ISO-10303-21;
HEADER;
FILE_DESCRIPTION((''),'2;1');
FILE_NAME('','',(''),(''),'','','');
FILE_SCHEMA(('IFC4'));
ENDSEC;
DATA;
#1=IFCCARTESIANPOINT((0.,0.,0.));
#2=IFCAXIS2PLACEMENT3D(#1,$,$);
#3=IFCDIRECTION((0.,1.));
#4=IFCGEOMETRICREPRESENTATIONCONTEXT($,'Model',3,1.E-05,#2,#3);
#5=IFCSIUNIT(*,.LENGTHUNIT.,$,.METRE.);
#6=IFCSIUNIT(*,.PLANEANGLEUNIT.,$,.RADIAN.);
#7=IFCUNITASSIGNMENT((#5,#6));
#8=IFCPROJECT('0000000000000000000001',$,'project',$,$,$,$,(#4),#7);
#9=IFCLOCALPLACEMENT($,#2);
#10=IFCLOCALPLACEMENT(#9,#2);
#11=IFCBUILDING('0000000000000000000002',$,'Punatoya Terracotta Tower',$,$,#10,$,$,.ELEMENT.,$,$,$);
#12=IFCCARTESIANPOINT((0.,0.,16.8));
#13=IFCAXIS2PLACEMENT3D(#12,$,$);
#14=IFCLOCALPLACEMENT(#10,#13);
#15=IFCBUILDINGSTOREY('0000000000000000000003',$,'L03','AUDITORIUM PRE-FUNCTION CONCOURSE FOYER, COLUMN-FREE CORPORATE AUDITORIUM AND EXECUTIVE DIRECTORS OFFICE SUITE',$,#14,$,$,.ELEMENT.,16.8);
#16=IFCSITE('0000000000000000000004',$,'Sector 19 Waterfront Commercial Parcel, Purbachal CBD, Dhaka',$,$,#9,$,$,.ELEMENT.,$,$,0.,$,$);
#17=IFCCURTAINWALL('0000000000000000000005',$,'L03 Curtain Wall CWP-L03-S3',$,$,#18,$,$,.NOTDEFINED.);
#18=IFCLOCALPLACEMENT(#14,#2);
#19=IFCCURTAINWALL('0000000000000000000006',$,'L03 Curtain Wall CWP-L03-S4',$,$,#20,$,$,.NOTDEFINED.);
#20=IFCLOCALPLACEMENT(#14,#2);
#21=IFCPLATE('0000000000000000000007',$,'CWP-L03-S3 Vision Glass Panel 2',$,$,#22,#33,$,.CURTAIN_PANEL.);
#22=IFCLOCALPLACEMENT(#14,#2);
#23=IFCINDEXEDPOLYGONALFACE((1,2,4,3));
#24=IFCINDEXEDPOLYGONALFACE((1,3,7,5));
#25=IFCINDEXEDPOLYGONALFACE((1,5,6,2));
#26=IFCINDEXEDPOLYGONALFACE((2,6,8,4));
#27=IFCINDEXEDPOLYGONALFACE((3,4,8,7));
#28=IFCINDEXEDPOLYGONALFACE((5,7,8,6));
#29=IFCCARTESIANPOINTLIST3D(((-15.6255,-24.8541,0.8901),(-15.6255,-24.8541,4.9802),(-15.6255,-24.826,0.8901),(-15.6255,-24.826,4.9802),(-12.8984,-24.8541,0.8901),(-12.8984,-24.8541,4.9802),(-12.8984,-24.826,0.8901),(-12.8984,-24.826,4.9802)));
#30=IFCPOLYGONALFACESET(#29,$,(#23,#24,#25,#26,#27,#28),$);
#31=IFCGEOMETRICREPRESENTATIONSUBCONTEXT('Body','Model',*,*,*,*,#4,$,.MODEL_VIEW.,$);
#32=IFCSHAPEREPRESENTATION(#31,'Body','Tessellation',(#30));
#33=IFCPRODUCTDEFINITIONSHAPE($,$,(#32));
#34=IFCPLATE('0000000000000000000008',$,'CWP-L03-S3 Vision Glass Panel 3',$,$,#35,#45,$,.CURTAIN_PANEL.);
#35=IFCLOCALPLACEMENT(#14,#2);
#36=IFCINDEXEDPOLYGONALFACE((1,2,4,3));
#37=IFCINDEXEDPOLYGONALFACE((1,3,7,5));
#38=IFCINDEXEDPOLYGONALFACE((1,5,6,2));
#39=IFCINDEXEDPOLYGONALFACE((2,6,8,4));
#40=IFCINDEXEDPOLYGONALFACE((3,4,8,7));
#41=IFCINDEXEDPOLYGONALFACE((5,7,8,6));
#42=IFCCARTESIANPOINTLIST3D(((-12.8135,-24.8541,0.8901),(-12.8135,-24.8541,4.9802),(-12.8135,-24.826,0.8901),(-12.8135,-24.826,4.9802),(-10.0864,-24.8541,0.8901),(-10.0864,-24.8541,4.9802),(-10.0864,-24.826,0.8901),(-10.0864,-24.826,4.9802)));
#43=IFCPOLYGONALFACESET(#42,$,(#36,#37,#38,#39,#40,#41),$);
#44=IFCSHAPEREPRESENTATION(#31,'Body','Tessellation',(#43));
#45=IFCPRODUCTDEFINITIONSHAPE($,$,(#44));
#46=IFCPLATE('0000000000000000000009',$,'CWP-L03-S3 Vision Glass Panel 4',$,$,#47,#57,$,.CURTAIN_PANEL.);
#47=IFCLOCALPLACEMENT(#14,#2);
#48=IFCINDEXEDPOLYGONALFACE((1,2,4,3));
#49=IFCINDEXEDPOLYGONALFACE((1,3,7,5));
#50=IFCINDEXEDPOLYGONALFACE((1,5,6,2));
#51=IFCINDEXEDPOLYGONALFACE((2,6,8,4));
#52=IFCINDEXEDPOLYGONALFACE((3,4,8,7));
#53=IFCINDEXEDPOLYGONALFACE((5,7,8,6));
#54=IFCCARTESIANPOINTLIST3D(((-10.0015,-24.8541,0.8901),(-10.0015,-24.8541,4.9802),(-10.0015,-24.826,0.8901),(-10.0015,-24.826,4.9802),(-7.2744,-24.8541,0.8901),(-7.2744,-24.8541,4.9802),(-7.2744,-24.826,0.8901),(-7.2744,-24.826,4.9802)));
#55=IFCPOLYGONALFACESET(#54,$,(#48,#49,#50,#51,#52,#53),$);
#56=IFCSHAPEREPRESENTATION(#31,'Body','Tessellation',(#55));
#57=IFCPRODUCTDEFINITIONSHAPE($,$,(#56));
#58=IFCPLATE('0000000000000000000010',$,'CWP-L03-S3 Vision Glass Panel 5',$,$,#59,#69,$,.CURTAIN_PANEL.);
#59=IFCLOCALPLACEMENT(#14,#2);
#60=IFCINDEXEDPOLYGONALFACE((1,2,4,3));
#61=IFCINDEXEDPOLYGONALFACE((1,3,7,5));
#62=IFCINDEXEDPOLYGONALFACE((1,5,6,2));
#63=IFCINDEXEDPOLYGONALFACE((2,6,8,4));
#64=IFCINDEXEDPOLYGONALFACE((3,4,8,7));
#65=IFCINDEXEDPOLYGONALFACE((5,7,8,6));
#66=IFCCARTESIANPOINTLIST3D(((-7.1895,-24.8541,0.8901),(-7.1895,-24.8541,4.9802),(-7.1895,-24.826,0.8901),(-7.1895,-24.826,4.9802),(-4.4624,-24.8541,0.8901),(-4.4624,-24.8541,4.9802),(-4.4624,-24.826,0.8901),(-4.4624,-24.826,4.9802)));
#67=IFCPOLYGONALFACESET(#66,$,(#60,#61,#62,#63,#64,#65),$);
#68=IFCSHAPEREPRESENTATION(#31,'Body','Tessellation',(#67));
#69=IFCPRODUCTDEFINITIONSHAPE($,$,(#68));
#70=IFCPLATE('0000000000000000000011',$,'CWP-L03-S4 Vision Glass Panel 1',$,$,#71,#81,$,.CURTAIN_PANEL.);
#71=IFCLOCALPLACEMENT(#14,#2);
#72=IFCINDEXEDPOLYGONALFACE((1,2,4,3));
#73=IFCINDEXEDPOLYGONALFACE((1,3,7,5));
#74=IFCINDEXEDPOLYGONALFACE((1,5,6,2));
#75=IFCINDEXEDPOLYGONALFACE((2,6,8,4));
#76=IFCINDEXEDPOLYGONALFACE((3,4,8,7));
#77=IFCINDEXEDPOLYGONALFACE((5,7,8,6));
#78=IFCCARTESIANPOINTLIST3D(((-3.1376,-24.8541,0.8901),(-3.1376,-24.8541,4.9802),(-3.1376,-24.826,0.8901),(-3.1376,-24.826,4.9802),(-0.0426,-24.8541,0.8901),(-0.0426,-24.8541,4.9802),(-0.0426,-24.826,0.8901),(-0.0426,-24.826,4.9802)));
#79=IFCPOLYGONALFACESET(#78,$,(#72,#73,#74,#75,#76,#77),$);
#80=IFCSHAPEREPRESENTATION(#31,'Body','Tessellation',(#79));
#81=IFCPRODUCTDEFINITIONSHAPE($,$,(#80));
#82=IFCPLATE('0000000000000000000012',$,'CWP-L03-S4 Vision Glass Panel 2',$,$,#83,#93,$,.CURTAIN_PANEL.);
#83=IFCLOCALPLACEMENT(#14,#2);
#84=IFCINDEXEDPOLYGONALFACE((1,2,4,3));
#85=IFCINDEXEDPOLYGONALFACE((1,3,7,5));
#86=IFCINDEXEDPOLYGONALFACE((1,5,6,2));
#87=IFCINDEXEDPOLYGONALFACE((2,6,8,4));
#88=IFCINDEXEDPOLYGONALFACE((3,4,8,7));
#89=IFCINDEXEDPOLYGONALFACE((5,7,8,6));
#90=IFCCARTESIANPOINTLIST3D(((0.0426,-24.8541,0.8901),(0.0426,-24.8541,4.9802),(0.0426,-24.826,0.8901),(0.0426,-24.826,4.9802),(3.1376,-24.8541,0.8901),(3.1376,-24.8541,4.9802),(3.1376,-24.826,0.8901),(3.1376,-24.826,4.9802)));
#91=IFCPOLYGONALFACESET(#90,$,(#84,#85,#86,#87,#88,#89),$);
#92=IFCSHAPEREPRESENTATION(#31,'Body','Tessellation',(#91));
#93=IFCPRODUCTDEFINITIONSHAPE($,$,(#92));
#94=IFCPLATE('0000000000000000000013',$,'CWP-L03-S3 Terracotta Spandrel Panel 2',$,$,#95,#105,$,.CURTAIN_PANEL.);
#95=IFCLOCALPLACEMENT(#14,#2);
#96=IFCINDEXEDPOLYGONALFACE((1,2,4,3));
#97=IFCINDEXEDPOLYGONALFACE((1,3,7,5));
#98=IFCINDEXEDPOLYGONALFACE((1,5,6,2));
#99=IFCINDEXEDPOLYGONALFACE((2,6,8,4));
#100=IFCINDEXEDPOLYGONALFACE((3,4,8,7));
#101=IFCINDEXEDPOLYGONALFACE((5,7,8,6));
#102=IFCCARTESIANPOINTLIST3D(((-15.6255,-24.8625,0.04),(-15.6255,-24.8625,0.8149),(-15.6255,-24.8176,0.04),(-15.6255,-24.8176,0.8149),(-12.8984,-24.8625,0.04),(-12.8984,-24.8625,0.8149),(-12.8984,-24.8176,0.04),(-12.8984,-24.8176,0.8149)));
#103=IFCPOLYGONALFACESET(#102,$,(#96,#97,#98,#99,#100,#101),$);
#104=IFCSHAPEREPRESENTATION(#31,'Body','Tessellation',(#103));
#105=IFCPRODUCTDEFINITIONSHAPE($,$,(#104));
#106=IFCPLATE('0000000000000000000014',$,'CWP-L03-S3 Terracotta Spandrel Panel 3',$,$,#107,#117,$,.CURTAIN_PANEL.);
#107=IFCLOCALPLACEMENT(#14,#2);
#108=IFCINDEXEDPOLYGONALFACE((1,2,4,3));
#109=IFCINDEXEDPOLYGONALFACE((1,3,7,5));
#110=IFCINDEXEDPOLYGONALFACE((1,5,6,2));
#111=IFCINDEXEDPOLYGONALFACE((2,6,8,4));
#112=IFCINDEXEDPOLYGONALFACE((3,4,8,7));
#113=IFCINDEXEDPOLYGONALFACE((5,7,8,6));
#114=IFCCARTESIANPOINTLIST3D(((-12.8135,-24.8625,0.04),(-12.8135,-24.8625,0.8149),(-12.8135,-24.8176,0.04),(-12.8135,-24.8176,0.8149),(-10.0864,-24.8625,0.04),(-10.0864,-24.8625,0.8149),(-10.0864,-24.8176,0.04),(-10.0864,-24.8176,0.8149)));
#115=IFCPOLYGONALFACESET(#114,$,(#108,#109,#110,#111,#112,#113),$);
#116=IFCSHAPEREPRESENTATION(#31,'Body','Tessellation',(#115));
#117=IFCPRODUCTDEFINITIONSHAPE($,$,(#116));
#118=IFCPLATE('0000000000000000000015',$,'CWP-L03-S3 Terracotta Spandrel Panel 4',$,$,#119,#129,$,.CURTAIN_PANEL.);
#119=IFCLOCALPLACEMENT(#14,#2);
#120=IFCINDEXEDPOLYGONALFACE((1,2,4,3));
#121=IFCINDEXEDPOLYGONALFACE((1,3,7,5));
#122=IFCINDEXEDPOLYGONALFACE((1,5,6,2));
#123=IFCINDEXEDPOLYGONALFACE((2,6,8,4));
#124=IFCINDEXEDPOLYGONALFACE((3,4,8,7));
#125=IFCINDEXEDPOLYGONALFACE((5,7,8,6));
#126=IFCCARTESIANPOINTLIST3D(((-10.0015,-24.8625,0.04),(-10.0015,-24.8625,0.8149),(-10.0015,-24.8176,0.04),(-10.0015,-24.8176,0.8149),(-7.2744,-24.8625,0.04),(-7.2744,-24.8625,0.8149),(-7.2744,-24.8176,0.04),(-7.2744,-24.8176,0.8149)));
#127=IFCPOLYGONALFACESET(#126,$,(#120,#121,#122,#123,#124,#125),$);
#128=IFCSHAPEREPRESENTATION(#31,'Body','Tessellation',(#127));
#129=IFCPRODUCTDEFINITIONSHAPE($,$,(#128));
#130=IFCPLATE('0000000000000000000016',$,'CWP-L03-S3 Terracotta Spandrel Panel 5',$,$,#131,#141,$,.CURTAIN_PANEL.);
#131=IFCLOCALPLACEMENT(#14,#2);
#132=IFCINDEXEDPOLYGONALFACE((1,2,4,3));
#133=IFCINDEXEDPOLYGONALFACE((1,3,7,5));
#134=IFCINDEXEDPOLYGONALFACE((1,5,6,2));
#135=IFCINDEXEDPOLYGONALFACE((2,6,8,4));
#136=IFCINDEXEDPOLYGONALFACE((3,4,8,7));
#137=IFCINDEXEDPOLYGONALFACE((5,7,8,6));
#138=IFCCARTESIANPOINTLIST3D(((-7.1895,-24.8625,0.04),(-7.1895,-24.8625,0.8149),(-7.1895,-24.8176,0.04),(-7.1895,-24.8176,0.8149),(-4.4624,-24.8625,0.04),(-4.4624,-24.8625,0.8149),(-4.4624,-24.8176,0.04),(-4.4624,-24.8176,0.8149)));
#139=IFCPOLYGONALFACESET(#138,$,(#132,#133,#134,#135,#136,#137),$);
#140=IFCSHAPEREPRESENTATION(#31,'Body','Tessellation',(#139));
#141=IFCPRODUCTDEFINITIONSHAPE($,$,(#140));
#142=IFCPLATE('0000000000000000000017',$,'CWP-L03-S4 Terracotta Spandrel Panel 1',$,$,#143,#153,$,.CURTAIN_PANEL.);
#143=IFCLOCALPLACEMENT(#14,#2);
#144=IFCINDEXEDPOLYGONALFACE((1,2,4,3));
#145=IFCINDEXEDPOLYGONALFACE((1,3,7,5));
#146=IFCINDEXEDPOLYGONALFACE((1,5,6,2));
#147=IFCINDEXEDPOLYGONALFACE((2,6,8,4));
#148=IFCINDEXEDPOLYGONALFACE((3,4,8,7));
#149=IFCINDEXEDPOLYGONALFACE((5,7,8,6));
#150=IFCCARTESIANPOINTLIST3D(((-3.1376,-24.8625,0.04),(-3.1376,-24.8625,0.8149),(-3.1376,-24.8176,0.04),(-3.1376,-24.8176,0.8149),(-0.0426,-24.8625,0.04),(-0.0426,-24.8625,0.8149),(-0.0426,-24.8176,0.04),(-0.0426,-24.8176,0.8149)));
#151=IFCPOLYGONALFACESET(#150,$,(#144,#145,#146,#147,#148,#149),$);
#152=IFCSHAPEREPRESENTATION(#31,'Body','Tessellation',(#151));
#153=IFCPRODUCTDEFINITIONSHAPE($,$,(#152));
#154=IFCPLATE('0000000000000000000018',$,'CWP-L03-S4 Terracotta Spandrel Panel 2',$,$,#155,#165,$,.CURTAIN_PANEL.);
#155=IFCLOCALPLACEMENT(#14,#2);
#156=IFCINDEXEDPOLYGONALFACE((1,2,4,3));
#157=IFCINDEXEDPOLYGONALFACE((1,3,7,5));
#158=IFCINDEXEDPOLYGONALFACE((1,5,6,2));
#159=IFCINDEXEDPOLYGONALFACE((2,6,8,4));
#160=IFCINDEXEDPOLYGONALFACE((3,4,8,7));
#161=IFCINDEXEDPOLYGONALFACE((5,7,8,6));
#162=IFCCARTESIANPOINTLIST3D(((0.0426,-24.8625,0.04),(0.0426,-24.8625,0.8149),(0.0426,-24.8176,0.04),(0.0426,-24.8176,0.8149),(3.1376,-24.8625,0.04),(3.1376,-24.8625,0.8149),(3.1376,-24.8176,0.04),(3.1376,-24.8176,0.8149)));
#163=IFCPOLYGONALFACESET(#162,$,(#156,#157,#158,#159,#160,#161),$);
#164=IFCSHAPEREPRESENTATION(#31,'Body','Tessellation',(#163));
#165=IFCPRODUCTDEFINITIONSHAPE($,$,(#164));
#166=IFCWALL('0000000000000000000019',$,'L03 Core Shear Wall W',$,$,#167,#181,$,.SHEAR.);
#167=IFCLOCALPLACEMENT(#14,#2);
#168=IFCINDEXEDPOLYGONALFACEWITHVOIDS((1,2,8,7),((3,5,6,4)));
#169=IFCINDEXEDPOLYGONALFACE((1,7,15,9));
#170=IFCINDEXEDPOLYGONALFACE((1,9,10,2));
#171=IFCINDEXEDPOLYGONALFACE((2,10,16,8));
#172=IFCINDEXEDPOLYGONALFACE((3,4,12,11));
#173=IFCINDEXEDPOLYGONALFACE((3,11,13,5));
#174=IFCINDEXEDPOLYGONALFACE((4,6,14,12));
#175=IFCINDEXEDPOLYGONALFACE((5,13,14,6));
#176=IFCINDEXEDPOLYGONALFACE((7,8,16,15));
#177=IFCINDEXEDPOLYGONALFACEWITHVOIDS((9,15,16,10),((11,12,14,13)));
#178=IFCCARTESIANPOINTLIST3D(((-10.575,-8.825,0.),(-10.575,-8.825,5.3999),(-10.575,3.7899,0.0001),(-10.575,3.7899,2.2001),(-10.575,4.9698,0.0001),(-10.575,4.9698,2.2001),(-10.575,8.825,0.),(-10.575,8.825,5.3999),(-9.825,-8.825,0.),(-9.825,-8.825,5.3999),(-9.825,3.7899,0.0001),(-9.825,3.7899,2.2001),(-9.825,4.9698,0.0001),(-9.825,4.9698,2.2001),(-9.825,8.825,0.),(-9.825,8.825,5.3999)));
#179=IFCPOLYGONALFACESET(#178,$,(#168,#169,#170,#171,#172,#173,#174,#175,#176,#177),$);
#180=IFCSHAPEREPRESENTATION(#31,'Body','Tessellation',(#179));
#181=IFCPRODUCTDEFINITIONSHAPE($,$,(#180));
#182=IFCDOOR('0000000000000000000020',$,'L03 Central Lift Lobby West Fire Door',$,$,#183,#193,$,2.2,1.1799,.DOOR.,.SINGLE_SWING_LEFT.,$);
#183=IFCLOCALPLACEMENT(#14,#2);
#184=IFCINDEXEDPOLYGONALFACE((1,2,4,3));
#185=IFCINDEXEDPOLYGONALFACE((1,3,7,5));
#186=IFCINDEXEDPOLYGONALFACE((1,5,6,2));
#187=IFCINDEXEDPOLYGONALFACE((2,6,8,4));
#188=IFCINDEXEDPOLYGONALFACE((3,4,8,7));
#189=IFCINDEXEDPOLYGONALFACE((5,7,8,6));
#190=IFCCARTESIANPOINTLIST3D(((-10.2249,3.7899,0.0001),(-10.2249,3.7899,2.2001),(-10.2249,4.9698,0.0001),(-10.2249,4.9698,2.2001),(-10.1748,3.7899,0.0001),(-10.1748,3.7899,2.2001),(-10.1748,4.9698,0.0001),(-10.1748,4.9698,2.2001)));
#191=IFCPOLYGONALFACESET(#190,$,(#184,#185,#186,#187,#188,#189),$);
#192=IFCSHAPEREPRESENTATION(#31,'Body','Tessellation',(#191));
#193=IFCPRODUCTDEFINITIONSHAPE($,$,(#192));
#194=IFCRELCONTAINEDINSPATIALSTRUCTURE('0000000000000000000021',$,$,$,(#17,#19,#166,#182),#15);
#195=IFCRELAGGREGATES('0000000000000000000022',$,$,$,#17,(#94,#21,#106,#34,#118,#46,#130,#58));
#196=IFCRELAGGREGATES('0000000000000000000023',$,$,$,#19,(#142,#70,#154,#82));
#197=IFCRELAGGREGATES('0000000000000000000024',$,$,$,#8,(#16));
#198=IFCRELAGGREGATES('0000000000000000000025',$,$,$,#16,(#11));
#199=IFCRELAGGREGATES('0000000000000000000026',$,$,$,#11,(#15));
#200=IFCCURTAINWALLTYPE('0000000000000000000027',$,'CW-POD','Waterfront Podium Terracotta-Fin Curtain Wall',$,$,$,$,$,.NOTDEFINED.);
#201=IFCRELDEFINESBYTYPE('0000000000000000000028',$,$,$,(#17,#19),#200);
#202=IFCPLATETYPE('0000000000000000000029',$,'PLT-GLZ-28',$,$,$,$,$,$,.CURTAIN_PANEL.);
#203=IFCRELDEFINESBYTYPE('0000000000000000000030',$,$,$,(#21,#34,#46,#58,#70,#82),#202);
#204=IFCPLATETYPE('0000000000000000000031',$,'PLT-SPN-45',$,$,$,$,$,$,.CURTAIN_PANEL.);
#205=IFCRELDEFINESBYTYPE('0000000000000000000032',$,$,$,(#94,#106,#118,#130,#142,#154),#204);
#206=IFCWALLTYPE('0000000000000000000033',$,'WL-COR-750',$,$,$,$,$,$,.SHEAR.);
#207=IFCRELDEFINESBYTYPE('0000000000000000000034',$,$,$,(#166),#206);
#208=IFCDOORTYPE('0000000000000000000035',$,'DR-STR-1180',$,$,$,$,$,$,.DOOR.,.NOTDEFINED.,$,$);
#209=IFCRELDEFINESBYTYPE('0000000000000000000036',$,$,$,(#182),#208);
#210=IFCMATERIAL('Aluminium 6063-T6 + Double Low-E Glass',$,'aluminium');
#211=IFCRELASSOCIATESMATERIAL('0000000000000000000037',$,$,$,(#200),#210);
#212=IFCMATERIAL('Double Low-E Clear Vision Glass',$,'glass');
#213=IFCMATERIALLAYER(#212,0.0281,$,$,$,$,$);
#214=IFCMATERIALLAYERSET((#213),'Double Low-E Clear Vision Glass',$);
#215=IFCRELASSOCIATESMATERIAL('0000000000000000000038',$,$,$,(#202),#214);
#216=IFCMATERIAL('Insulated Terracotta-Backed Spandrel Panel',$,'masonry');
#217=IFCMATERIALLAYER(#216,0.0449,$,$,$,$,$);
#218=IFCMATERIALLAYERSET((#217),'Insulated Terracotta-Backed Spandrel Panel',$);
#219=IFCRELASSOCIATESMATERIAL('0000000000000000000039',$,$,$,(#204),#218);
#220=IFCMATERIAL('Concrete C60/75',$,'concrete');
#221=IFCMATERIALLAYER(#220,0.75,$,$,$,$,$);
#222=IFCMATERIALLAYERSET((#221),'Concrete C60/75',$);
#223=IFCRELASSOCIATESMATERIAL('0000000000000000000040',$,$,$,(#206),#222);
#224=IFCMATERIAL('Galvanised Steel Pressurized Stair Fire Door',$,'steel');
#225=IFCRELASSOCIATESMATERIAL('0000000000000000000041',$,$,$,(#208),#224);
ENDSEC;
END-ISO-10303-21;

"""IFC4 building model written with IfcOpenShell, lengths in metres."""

from ifc_helpers import new_model, si_unit, direction, frame, frame_2d, origin, origin_2d, place, context, subcontext, project, spatial, rectangle, extrude, material, layer, layer_set, type_object, element, fill, aggregate, save


model = new_model("IFC4")

# Units and contexts
model_context = context("Model", 3, precision=1e-05, world=origin(), true_north=direction((0.0, 1.0)))
body_context = subcontext(model_context, "Body", "Model", "MODEL_VIEW")
ifc_project = project(units=[si_unit("LENGTHUNIT", "METRE"), si_unit("PLANEANGLEUNIT", "RADIAN")], contexts=[model_context])

# Site, building, storey
site_placement = place(None, origin())
site = spatial("IfcSite", under=ifc_project, at=site_placement, Name="Sector 19 Waterfront Commercial Parcel, Purbachal CBD, Dhaka", CompositionType="ELEMENT", RefElevation=0.0)
building_placement = place(site_placement, origin())
building = spatial("IfcBuilding", under=site, at=building_placement, Name="Punatoya Terracotta Tower", CompositionType="ELEMENT")
storey_placement = place(building_placement, frame((0.0, 0.0, 16.8)))
storey = spatial("IfcBuildingStorey", under=building, at=storey_placement, Name="L03", Description="AUDITORIUM PRE-FUNCTION CONCOURSE FOYER, COLUMN-FREE CORPORATE AUDITORIUM AND EXECUTIVE DIRECTORS OFFICE SUITE", CompositionType="ELEMENT", Elevation=16.8)

# Curtain walls
ifc_material_1 = material(Name="Aluminium 6063-T6 + Double Low-E Glass", Category="aluminium")
curtain_wall_type = type_object("IfcCurtainWallType", Name="CW-POD", Description="Waterfront Podium Terracotta-Fin Curtain Wall", PredefinedType="NOTDEFINED", material=ifc_material_1)
curtain_wall_1_placement = place(storey_placement, origin())
curtain_wall_1 = element("IfcCurtainWall", 1, at=curtain_wall_1_placement, inside=storey, type_object=curtain_wall_type, Name="L03 Curtain Wall CWP-L03-S3", PredefinedType="NOTDEFINED")
curtain_wall_2_placement = place(storey_placement, origin())
curtain_wall_2 = element("IfcCurtainWall", 2, at=curtain_wall_2_placement, inside=storey, type_object=curtain_wall_type, Name="L03 Curtain Wall CWP-L03-S4", PredefinedType="NOTDEFINED")

# Plates
ifc_material_2 = material(Name="Double Low-E Clear Vision Glass", Category="glass")
ifc_layer_1 = layer(ifc_material_2, 0.0281)
ifc_layer_set_1 = layer_set([ifc_layer_1], Name="Double Low-E Clear Vision Glass")
plate_type_1 = type_object("IfcPlateType", Name="PLT-GLZ-28", PredefinedType="CURTAIN_PANEL", material=ifc_layer_set_1)
plate_1_placement = place(storey_placement, frame((-14.262, -24.8401, 0.8901), z_axis=(0.0, 0.0, 1.0), x_axis=(1.0, 0.0, 0.0)))
plate_1 = element("IfcPlate", 3, at=plate_1_placement, type_object=plate_type_1, Name="CWP-L03-S3 Vision Glass Panel 2", PredefinedType="CURTAIN_PANEL", context=body_context, shape_type="SweptSolid", body=[
    extrude(rectangle(XDim=2.7271, YDim=0.0281, at=origin_2d()), origin(), (0.0, 0.0, 1.0), 4.0901),
])
plate_2_placement = place(storey_placement, frame((-11.45, -24.8401, 0.8901), z_axis=(0.0, 0.0, 1.0), x_axis=(1.0, 0.0, 0.0)))
plate_2 = element("IfcPlate", 4, at=plate_2_placement, type_object=plate_type_1, Name="CWP-L03-S3 Vision Glass Panel 3", PredefinedType="CURTAIN_PANEL", context=body_context, shape_type="SweptSolid", body=[
    extrude(rectangle(XDim=2.7271, YDim=0.0281, at=origin_2d()), origin(), (0.0, 0.0, 1.0), 4.0901),
])
plate_3_placement = place(storey_placement, frame((-8.6379, -24.8401, 0.8901), z_axis=(0.0, 0.0, 1.0), x_axis=(1.0, 0.0, 0.0)))
plate_3 = element("IfcPlate", 5, at=plate_3_placement, type_object=plate_type_1, Name="CWP-L03-S3 Vision Glass Panel 4", PredefinedType="CURTAIN_PANEL", context=body_context, shape_type="SweptSolid", body=[
    extrude(rectangle(XDim=2.7271, YDim=0.0281, at=origin_2d()), origin(), (0.0, 0.0, 1.0), 4.0901),
])
plate_4_placement = place(storey_placement, frame((-5.8259, -24.8401, 0.8901), z_axis=(0.0, 0.0, 1.0), x_axis=(1.0, 0.0, 0.0)))
plate_4 = element("IfcPlate", 6, at=plate_4_placement, type_object=plate_type_1, Name="CWP-L03-S3 Vision Glass Panel 5", PredefinedType="CURTAIN_PANEL", context=body_context, shape_type="SweptSolid", body=[
    extrude(rectangle(XDim=2.7271, YDim=0.0281, at=origin_2d()), origin(), (0.0, 0.0, 1.0), 4.0901),
])
plate_5_placement = place(storey_placement, frame((-1.5901, -24.8401, 0.8901), z_axis=(0.0, 0.0, 1.0), x_axis=(1.0, 0.0, 0.0)))
plate_5 = element("IfcPlate", 7, at=plate_5_placement, type_object=plate_type_1, Name="CWP-L03-S4 Vision Glass Panel 1", PredefinedType="CURTAIN_PANEL", context=body_context, shape_type="SweptSolid", body=[
    extrude(rectangle(XDim=3.095, YDim=0.0281, at=origin_2d()), origin(), (0.0, 0.0, 1.0), 4.0901),
])
plate_6_placement = place(storey_placement, frame((1.5901, -24.8401, 0.8901), z_axis=(0.0, 0.0, 1.0), x_axis=(1.0, 0.0, 0.0)))
plate_6 = element("IfcPlate", 8, at=plate_6_placement, type_object=plate_type_1, Name="CWP-L03-S4 Vision Glass Panel 2", PredefinedType="CURTAIN_PANEL", context=body_context, shape_type="SweptSolid", body=[
    extrude(rectangle(XDim=3.095, YDim=0.0281, at=origin_2d()), origin(), (0.0, 0.0, 1.0), 4.0901),
])
ifc_material_3 = material(Name="Insulated Terracotta-Backed Spandrel Panel", Category="masonry")
ifc_layer_2 = layer(ifc_material_3, 0.0449)
ifc_layer_set_2 = layer_set([ifc_layer_2], Name="Insulated Terracotta-Backed Spandrel Panel")
plate_type_2 = type_object("IfcPlateType", Name="PLT-SPN-45", PredefinedType="CURTAIN_PANEL", material=ifc_layer_set_2)
plate_7_placement = place(storey_placement, frame((-14.262, -24.8401, 0.04), z_axis=(0.0, 0.0, 1.0), x_axis=(1.0, 0.0, 0.0)))
plate_7 = element("IfcPlate", 9, at=plate_7_placement, type_object=plate_type_2, Name="CWP-L03-S3 Terracotta Spandrel Panel 2", PredefinedType="CURTAIN_PANEL", context=body_context, shape_type="SweptSolid", body=[
    extrude(rectangle(XDim=2.7271, YDim=0.0449, at=origin_2d()), origin(), (0.0, 0.0, 1.0), 0.7749),
])
plate_8_placement = place(storey_placement, frame((-11.45, -24.8401, 0.04), z_axis=(0.0, 0.0, 1.0), x_axis=(1.0, 0.0, 0.0)))
plate_8 = element("IfcPlate", 10, at=plate_8_placement, type_object=plate_type_2, Name="CWP-L03-S3 Terracotta Spandrel Panel 3", PredefinedType="CURTAIN_PANEL", context=body_context, shape_type="SweptSolid", body=[
    extrude(rectangle(XDim=2.7271, YDim=0.0449, at=origin_2d()), origin(), (0.0, 0.0, 1.0), 0.7749),
])
plate_9_placement = place(storey_placement, frame((-8.6379, -24.8401, 0.04), z_axis=(0.0, 0.0, 1.0), x_axis=(1.0, 0.0, 0.0)))
plate_9 = element("IfcPlate", 11, at=plate_9_placement, type_object=plate_type_2, Name="CWP-L03-S3 Terracotta Spandrel Panel 4", PredefinedType="CURTAIN_PANEL", context=body_context, shape_type="SweptSolid", body=[
    extrude(rectangle(XDim=2.7271, YDim=0.0449, at=origin_2d()), origin(), (0.0, 0.0, 1.0), 0.7749),
])
plate_10_placement = place(storey_placement, frame((-5.8259, -24.8401, 0.04), z_axis=(0.0, 0.0, 1.0), x_axis=(1.0, 0.0, 0.0)))
plate_10 = element("IfcPlate", 12, at=plate_10_placement, type_object=plate_type_2, Name="CWP-L03-S3 Terracotta Spandrel Panel 5", PredefinedType="CURTAIN_PANEL", context=body_context, shape_type="SweptSolid", body=[
    extrude(rectangle(XDim=2.7271, YDim=0.0449, at=origin_2d()), origin(), (0.0, 0.0, 1.0), 0.7749),
])
aggregate(curtain_wall_1, [plate_7, plate_1, plate_8, plate_2, plate_9, plate_3, plate_10, plate_4])
plate_11_placement = place(storey_placement, frame((-1.5901, -24.8401, 0.04), z_axis=(0.0, 0.0, 1.0), x_axis=(1.0, 0.0, 0.0)))
plate_11 = element("IfcPlate", 13, at=plate_11_placement, type_object=plate_type_2, Name="CWP-L03-S4 Terracotta Spandrel Panel 1", PredefinedType="CURTAIN_PANEL", context=body_context, shape_type="SweptSolid", body=[
    extrude(rectangle(XDim=3.095, YDim=0.0449, at=origin_2d()), origin(), (0.0, 0.0, 1.0), 0.7749),
])
plate_12_placement = place(storey_placement, frame((1.5901, -24.8401, 0.04), z_axis=(0.0, 0.0, 1.0), x_axis=(1.0, 0.0, 0.0)))
plate_12 = element("IfcPlate", 14, at=plate_12_placement, type_object=plate_type_2, Name="CWP-L03-S4 Terracotta Spandrel Panel 2", PredefinedType="CURTAIN_PANEL", context=body_context, shape_type="SweptSolid", body=[
    extrude(rectangle(XDim=3.095, YDim=0.0449, at=origin_2d()), origin(), (0.0, 0.0, 1.0), 0.7749),
])
aggregate(curtain_wall_2, [plate_11, plate_5, plate_12, plate_6])

# Wall, opening, door
ifc_material_4 = material(Name="Concrete C60/75", Category="concrete")
ifc_layer_3 = layer(ifc_material_4, 0.75)
ifc_layer_set_3 = layer_set([ifc_layer_3], Name="Concrete C60/75")
wall_type_1 = type_object("IfcWallType", Name="WL-COR-750", PredefinedType="SHEAR", material=ifc_layer_set_3)
wall_1_placement = place(storey_placement, frame((-10.2, -8.825, 0.0), z_axis=(0.0, 0.0, 1.0), x_axis=(0.0, 1.0, 0.0)))
wall_1 = element("IfcWall", 15, at=wall_1_placement, inside=storey, type_object=wall_type_1, Name="L03 Core Shear Wall W", PredefinedType="SHEAR", context=body_context, shape_type="SweptSolid", body=[
    extrude(rectangle(XDim=17.6499, YDim=0.75, at=frame_2d((8.825, 0.0))), origin(), (0.0, 0.0, 1.0), 5.3999),
])
opening_placement = place(wall_1_placement, frame((12.615, 0.0, 0.0)))
opening = element("IfcOpeningElement", 16, at=opening_placement, cuts=wall_1, PredefinedType="OPENING", context=body_context, shape_type="SweptSolid", body=[
    extrude(rectangle(XDim=1.1799, YDim=2.2, at=frame_2d((0.5898, 1.1001))), frame((0.0, 0.385, 0.0), z_axis=(0.0, -1.0, 0.0), x_axis=(1.0, 0.0, 0.0)), (0.0, 0.0, 1.0), 0.77),
])
ifc_material_5 = material(Name="Galvanised Steel Pressurized Stair Fire Door", Category="steel")
door_type = type_object("IfcDoorType", Name="DR-STR-1180", OperationType="NOTDEFINED", PredefinedType="DOOR", material=ifc_material_5)
door_placement = place(opening_placement, origin())
door = element("IfcDoor", 17, at=door_placement, inside=storey, type_object=door_type, Name="L03 Central Lift Lobby West Fire Door", OperationType="SINGLE_SWING_LEFT", OverallHeight=2.2, OverallWidth=1.1799, PredefinedType="DOOR", context=body_context, shape_type="SweptSolid", body=[
    extrude(rectangle(XDim=1.1799, YDim=2.2, at=frame_2d((0.5898, 1.1001))), frame((0.0, 0.0249, 0.0), z_axis=(0.0, -1.0, 0.0), x_axis=(1.0, 0.0, 0.0)), (0.0, 0.0, 1.0), 0.05),
])
fill(opening, door)

save(model, "model.ifc")
